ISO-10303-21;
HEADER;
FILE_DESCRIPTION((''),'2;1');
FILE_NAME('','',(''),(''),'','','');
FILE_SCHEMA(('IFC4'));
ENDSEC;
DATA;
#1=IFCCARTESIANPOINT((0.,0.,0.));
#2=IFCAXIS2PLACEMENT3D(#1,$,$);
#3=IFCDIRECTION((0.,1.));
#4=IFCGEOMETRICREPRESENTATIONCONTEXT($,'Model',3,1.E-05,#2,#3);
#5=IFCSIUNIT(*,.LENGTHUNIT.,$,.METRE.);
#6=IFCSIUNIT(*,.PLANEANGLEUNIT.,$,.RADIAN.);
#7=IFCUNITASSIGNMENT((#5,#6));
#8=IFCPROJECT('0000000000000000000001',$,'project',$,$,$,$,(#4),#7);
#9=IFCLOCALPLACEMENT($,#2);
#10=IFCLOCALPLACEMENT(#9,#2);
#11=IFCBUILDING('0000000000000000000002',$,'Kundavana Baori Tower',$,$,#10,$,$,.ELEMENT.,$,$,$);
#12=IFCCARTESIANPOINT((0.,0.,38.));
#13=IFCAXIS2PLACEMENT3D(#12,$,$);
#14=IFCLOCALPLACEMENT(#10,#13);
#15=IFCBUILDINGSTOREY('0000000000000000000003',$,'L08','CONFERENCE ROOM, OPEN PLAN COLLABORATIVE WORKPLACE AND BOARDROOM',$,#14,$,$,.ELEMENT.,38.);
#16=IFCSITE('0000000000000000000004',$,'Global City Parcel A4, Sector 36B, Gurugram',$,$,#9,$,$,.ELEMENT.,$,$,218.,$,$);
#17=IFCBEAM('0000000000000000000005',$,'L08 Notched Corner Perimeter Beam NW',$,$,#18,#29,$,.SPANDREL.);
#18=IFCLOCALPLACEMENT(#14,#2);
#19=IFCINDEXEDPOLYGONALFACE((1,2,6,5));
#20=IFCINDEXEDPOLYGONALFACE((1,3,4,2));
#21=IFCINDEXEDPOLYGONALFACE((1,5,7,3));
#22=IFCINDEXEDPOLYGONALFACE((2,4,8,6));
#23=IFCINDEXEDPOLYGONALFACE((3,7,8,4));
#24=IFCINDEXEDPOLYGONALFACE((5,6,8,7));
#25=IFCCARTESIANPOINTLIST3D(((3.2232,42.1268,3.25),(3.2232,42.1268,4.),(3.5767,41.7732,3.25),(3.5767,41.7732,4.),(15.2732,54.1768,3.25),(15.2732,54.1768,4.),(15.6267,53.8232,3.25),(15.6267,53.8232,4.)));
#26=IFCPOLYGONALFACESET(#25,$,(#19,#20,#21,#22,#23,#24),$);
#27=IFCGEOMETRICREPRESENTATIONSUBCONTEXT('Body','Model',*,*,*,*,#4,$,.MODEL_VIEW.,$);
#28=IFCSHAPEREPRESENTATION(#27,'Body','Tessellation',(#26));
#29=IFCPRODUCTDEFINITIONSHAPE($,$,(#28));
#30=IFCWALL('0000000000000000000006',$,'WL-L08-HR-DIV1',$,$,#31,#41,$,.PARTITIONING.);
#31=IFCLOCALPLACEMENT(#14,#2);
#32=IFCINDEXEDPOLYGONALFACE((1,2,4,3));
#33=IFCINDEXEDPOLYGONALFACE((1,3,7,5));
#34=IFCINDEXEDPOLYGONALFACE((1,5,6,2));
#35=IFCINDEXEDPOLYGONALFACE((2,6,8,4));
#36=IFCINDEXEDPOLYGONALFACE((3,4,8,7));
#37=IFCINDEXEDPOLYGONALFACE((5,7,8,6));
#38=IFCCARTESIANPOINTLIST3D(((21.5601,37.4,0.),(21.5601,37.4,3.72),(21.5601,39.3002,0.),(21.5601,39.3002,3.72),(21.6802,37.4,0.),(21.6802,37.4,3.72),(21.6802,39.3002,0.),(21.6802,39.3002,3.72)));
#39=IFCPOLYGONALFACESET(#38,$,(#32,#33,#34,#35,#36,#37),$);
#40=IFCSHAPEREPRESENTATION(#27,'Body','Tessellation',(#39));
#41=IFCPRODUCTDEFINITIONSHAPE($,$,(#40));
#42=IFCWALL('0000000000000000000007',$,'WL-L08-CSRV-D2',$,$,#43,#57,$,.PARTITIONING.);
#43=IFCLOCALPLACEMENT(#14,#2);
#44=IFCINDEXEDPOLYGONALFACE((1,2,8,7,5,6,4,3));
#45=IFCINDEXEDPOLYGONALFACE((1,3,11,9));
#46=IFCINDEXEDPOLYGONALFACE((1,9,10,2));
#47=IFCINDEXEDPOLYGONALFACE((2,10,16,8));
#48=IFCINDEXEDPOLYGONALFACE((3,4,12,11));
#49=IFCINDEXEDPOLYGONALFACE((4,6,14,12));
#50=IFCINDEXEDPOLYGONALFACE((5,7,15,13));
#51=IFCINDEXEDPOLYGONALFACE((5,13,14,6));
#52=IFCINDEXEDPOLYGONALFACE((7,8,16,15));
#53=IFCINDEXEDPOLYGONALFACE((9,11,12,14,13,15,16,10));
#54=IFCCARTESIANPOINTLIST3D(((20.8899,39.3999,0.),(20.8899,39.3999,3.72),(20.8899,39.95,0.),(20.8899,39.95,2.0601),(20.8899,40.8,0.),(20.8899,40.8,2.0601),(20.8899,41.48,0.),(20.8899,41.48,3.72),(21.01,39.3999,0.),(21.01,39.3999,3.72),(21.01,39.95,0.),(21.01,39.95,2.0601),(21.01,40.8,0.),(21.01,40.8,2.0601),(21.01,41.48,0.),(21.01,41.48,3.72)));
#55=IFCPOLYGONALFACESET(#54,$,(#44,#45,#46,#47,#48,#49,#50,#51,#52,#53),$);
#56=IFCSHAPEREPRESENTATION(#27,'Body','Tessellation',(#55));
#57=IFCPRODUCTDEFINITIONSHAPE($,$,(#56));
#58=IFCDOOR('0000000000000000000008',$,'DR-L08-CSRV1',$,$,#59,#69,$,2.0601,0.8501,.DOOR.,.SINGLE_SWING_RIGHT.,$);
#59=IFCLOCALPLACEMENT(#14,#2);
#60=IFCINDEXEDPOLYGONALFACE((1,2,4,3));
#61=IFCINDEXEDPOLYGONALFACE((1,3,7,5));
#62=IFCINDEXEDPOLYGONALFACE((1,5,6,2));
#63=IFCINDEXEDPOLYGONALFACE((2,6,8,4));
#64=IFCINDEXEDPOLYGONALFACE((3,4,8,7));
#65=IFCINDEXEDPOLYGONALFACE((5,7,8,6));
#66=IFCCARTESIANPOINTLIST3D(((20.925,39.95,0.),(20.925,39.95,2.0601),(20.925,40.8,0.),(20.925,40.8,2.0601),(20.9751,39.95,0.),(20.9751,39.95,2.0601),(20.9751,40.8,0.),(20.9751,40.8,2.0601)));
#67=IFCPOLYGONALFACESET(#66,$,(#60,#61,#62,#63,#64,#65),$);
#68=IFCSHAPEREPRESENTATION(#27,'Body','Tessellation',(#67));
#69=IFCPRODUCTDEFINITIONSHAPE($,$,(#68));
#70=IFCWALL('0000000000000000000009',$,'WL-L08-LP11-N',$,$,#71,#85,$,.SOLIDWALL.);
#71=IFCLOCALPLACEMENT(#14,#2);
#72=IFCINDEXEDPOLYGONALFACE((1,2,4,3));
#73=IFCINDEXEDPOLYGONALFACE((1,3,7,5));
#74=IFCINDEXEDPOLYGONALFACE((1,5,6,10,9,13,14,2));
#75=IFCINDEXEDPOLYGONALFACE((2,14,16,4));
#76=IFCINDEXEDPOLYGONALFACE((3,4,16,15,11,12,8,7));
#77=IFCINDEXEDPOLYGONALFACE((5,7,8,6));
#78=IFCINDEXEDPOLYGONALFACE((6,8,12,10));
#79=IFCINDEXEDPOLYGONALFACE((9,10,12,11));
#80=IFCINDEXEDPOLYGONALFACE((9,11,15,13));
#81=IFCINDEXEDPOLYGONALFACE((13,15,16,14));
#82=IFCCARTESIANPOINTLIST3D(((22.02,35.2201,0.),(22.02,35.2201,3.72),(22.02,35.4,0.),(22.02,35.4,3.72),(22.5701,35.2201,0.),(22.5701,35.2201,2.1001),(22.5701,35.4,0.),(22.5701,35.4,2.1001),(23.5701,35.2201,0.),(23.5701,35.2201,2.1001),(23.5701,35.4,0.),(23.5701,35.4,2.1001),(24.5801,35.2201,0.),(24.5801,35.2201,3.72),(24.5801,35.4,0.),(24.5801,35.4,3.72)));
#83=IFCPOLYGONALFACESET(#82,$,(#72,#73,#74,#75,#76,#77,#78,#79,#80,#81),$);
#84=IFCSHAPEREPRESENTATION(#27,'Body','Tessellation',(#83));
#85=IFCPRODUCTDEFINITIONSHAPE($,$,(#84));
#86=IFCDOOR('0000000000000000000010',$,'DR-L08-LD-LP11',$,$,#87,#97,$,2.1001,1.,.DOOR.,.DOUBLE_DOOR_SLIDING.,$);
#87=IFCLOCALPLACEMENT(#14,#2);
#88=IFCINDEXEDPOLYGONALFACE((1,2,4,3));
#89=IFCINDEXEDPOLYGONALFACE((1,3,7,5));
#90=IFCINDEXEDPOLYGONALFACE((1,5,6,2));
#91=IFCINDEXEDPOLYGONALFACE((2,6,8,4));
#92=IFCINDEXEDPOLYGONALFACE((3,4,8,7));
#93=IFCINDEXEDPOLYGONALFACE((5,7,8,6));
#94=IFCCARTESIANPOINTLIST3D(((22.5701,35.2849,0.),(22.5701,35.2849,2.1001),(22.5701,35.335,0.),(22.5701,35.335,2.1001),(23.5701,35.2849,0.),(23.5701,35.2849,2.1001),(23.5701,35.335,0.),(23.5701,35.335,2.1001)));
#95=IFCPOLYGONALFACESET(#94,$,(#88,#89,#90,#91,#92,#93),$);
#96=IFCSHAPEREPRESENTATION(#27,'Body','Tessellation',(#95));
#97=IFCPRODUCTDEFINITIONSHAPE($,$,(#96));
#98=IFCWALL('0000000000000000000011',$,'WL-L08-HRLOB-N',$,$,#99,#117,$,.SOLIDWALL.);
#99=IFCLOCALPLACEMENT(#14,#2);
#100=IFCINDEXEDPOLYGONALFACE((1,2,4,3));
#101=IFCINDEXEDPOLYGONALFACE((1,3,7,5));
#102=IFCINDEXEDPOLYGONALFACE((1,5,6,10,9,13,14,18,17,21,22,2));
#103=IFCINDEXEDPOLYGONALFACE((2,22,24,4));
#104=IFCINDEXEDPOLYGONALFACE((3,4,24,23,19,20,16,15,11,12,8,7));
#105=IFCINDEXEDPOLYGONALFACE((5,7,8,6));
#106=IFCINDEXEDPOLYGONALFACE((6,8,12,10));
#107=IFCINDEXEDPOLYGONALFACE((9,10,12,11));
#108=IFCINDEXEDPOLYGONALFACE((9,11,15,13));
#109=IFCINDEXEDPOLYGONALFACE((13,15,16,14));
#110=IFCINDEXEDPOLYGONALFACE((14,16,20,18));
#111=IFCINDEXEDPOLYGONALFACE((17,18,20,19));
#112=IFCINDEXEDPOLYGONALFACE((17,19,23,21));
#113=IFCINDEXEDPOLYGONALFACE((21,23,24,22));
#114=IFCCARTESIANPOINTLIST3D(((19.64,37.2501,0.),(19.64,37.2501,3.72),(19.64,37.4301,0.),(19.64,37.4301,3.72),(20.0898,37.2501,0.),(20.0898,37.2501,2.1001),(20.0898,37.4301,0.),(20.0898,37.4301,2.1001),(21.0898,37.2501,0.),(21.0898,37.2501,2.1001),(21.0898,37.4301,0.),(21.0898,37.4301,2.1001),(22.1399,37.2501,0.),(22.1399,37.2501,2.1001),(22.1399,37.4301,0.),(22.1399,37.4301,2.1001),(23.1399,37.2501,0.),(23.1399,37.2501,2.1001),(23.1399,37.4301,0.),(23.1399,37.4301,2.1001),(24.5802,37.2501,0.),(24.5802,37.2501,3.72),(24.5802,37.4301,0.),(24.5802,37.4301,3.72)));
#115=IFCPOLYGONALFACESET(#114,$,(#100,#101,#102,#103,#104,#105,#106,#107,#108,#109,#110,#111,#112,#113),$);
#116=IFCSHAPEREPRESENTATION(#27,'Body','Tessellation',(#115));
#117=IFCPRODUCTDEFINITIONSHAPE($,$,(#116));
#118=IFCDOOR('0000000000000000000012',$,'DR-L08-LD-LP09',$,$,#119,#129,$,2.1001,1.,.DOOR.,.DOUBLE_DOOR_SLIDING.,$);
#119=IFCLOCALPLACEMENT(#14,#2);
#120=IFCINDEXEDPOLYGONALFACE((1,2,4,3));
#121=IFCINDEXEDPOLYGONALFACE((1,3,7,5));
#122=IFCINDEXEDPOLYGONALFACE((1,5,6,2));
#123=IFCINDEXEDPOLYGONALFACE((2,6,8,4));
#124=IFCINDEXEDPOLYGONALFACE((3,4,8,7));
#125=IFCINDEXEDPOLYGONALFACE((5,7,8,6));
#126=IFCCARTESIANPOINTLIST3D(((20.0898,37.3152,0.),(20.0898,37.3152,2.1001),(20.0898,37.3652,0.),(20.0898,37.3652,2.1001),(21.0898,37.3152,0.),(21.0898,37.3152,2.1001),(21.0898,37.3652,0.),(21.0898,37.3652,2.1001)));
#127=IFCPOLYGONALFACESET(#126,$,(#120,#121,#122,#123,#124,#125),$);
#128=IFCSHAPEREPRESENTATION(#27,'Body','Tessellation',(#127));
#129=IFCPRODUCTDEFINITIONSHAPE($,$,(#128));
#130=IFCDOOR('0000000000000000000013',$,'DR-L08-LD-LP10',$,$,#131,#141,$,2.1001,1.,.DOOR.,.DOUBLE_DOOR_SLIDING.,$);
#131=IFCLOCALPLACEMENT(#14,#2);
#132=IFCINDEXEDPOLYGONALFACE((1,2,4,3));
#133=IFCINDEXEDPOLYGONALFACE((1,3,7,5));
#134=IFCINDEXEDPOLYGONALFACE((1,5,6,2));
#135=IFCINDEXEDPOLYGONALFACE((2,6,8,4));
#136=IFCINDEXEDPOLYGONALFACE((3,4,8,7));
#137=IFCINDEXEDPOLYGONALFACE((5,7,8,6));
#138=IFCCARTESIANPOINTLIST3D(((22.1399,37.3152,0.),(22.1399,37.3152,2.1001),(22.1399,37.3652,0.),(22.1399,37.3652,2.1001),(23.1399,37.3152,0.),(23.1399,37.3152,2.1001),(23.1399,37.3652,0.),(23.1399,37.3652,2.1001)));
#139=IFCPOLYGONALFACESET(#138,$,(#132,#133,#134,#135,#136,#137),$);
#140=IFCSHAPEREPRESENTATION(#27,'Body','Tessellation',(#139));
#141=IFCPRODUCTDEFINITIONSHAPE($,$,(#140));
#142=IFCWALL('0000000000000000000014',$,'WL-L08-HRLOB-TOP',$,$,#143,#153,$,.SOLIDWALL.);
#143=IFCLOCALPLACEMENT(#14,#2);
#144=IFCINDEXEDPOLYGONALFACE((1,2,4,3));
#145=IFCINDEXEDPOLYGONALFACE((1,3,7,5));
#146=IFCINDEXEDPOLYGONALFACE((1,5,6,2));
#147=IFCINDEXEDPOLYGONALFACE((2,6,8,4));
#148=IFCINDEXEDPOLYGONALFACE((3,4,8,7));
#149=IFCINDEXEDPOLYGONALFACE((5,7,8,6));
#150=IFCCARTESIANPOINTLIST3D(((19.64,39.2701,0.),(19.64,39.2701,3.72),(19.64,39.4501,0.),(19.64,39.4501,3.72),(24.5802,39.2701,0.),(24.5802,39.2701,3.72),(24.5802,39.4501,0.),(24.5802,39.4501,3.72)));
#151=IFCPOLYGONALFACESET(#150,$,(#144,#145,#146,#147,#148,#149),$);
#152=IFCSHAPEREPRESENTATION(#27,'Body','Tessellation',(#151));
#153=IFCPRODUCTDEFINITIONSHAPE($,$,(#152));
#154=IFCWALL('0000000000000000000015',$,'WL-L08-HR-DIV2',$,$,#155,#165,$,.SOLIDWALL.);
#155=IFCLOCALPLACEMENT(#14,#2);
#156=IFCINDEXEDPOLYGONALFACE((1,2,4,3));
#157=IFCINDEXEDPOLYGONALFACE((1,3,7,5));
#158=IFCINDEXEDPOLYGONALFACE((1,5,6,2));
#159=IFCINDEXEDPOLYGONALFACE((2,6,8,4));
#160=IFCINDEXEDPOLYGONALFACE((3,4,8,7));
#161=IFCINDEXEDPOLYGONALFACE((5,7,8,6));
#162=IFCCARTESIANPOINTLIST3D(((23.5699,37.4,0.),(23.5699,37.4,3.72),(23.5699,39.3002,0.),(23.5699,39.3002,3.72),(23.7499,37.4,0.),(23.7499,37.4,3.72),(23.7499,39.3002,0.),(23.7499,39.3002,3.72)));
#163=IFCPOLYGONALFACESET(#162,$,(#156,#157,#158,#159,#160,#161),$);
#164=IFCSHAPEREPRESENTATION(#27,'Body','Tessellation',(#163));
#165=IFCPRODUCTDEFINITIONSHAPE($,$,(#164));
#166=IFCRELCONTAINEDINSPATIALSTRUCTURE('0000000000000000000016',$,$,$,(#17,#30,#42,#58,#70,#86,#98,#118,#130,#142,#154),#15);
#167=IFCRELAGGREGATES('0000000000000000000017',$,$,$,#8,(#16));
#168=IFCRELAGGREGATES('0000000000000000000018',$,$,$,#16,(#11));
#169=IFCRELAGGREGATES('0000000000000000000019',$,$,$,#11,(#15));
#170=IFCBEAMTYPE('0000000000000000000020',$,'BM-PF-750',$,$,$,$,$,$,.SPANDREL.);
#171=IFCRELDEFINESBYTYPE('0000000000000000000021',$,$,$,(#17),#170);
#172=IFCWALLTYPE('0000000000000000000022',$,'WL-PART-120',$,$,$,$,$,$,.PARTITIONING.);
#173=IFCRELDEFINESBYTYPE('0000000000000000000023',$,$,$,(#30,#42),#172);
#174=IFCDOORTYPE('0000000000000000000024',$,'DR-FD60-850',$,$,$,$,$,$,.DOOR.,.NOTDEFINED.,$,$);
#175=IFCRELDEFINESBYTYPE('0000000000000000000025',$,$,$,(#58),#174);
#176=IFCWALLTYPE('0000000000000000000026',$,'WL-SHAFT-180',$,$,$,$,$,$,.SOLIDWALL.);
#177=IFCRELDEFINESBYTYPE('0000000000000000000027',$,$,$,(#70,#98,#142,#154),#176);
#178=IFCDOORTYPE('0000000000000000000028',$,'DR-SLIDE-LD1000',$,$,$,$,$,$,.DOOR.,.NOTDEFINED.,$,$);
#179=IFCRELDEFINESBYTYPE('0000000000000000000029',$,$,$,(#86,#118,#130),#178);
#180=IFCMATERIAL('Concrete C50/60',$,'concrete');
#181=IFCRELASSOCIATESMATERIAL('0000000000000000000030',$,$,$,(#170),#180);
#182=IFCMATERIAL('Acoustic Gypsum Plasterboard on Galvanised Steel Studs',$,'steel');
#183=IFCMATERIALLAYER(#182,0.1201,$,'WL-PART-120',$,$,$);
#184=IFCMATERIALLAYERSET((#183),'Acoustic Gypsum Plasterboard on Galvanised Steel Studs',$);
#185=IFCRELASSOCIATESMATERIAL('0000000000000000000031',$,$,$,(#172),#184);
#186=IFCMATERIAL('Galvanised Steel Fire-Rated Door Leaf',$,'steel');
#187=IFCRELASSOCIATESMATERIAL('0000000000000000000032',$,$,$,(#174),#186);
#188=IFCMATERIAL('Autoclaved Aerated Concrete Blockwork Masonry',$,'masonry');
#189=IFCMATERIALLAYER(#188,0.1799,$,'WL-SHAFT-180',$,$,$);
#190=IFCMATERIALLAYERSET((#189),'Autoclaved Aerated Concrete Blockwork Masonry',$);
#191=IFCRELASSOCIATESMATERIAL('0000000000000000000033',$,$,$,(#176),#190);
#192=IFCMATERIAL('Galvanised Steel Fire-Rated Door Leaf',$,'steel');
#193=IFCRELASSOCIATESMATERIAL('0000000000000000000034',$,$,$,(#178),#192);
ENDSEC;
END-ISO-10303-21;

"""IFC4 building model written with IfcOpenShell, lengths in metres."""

from ifc_helpers import new_model, si_unit, direction, frame, frame_2d, origin, origin_2d, place, context, subcontext, project, spatial, rectangle, extrude, material, layer, layer_set, material_profile, profile_set, type_object, element, fill, save


model = new_model("IFC4")

# Units and contexts
model_context = context("Model", 3, precision=1e-05, world=origin(), true_north=direction((0.0, 1.0)))
body_context = subcontext(model_context, "Body", "Model", "MODEL_VIEW")
ifc_project = project(units=[si_unit("LENGTHUNIT", "METRE"), si_unit("PLANEANGLEUNIT", "RADIAN")], contexts=[model_context])

# Site, building, storey
site_placement = place(None, origin())
site = spatial("IfcSite", under=ifc_project, at=site_placement, Name="Global City Parcel A4, Sector 36B, Gurugram", CompositionType="ELEMENT", RefElevation=218.0)
building_placement = place(site_placement, origin())
building = spatial("IfcBuilding", under=site, at=building_placement, Name="Kundavana Baori Tower", CompositionType="ELEMENT")
storey_placement = place(building_placement, frame((0.0, 0.0, 38.0)))
storey = spatial("IfcBuildingStorey", under=building, at=storey_placement, Name="L08", Description="CONFERENCE ROOM, OPEN PLAN COLLABORATIVE WORKPLACE AND BOARDROOM", CompositionType="ELEMENT", Elevation=38.0)

# Beam
ifc_material_1 = material(Name="Concrete C50/60", Category="concrete")
ifc_material_profile = material_profile(ifc_material_1, rectangle(XDim=0.5, YDim=0.75, at=origin_2d()), Name="RC BM 500x750")
ifc_profile_set = profile_set([ifc_material_profile], Name="Concrete C50/60")
beam_type = type_object("IfcBeamType", Name="BM-PF-750", PredefinedType="SPANDREL", material=ifc_profile_set)
beam_placement = place(storey_placement, frame((15.45, 54.0, 3.625), z_axis=(-0.707107, -0.707107, 0.0), x_axis=(0.707107, -0.707107, 0.0)))
element("IfcBeam", 1, at=beam_placement, inside=storey, type_object=beam_type, Name="L08 Notched Corner Perimeter Beam NW", PredefinedType="SPANDREL", context=body_context, shape_type="SweptSolid", body=[
    extrude(rectangle(XDim=0.5, YDim=0.75, at=origin_2d()), origin(), (0.0, 0.0, 1.0), 17.0413),
])

# Wall
ifc_material_2 = material(Name="Acoustic Gypsum Plasterboard on Galvanised Steel Studs", Category="steel")
ifc_layer_1 = layer(ifc_material_2, 0.1201, Name="WL-PART-120")
ifc_layer_set_1 = layer_set([ifc_layer_1], Name="Acoustic Gypsum Plasterboard on Galvanised Steel Studs")
wall_type_1 = type_object("IfcWallType", Name="WL-PART-120", PredefinedType="PARTITIONING", material=ifc_layer_set_1)
wall_1_placement = place(storey_placement, frame((21.6201, 37.3999, 0.0), z_axis=(0.0, 0.0, 1.0), x_axis=(0.0, 1.0, 0.0)))
element("IfcWall", 2, at=wall_1_placement, inside=storey, type_object=wall_type_1, Name="WL-L08-HR-DIV1", PredefinedType="PARTITIONING", context=body_context, shape_type="SweptSolid", body=[
    extrude(rectangle(XDim=1.9001, YDim=0.1201, at=frame_2d((0.9502, 0.0))), origin(), (0.0, 0.0, 1.0), 3.72),
])

# Walls, openings, doors
wall_2_placement = place(storey_placement, frame((20.95, 39.3999, 0.0), z_axis=(0.0, 0.0, 1.0), x_axis=(0.0, 1.0, 0.0)))
wall_2 = element("IfcWall", 3, at=wall_2_placement, inside=storey, type_object=wall_type_1, Name="WL-L08-CSRV-D2", PredefinedType="PARTITIONING", context=body_context, shape_type="SweptSolid", body=[
    extrude(rectangle(XDim=2.0801, YDim=0.1201, at=frame_2d((1.04, 0.0))), origin(), (0.0, 0.0, 1.0), 3.72),
])
opening_1_placement = place(wall_2_placement, frame((0.55, 0.0, 0.0)))
opening_1 = element("IfcOpeningElement", 4, at=opening_1_placement, cuts=wall_2, PredefinedType="OPENING", context=body_context, shape_type="SweptSolid", body=[
    extrude(rectangle(XDim=0.8501, YDim=2.0601, at=frame_2d((0.425, 1.03))), frame((0.0, 0.0701, 0.0), z_axis=(0.0, -1.0, 0.0), x_axis=(1.0, 0.0, 0.0)), (0.0, 0.0, 1.0), 0.1401),
])
ifc_material_3 = material(Name="Galvanised Steel Fire-Rated Door Leaf", Category="steel")
door_type_1 = type_object("IfcDoorType", Name="DR-FD60-850", OperationType="NOTDEFINED", PredefinedType="DOOR", material=ifc_material_3)
door_1_placement = place(opening_1_placement, origin())
door_1 = element("IfcDoor", 5, at=door_1_placement, inside=storey, type_object=door_type_1, Name="DR-L08-CSRV1", OperationType="SINGLE_SWING_RIGHT", OverallHeight=2.0601, OverallWidth=0.8501, PredefinedType="DOOR", context=body_context, shape_type="SweptSolid", body=[
    extrude(rectangle(XDim=0.8501, YDim=2.0601, at=frame_2d((0.425, 1.03))), frame((0.0, 0.0249, 0.0), z_axis=(0.0, -1.0, 0.0), x_axis=(1.0, 0.0, 0.0)), (0.0, 0.0, 1.0), 0.05),
])
fill(opening_1, door_1)
ifc_material_4 = material(Name="Autoclaved Aerated Concrete Blockwork Masonry", Category="masonry")
ifc_layer_2 = layer(ifc_material_4, 0.1799, Name="WL-SHAFT-180")
ifc_layer_set_2 = layer_set([ifc_layer_2], Name="Autoclaved Aerated Concrete Blockwork Masonry")
wall_type_2 = type_object("IfcWallType", Name="WL-SHAFT-180", PredefinedType="SOLIDWALL", material=ifc_layer_set_2)
wall_3_placement = place(storey_placement, frame((22.02, 35.3101, 0.0), z_axis=(0.0, 0.0, 1.0), x_axis=(1.0, 0.0, 0.0)))
wall_3 = element("IfcWall", 6, at=wall_3_placement, inside=storey, type_object=wall_type_2, Name="WL-L08-LP11-N", PredefinedType="SOLIDWALL", context=body_context, shape_type="SweptSolid", body=[
    extrude(rectangle(XDim=2.5601, YDim=0.1799, at=frame_2d((1.28, 0.0))), origin(), (0.0, 0.0, 1.0), 3.72),
])
opening_2_placement = place(wall_3_placement, frame((0.55, 0.0, 0.0)))
opening_2 = element("IfcOpeningElement", 7, at=opening_2_placement, cuts=wall_3, PredefinedType="OPENING", context=body_context, shape_type="SweptSolid", body=[
    extrude(rectangle(XDim=1.0, YDim=2.1001, at=frame_2d((0.5, 1.05))), frame((0.0, 0.1001, 0.0), z_axis=(0.0, -1.0, 0.0), x_axis=(1.0, 0.0, 0.0)), (0.0, 0.0, 1.0), 0.2),
])
ifc_material_5 = material(Name="Galvanised Steel Fire-Rated Door Leaf", Category="steel")
door_type_2 = type_object("IfcDoorType", Name="DR-SLIDE-LD1000", OperationType="NOTDEFINED", PredefinedType="DOOR", material=ifc_material_5)
door_2_placement = place(opening_2_placement, origin())
door_2 = element("IfcDoor", 8, at=door_2_placement, inside=storey, type_object=door_type_2, Name="DR-L08-LD-LP11", OperationType="DOUBLE_DOOR_SLIDING", OverallHeight=2.1001, OverallWidth=1.0, PredefinedType="DOOR", context=body_context, shape_type="SweptSolid", body=[
    extrude(rectangle(XDim=1.0, YDim=2.1001, at=frame_2d((0.5, 1.05))), frame((0.0, 0.0249, 0.0), z_axis=(0.0, -1.0, 0.0), x_axis=(1.0, 0.0, 0.0)), (0.0, 0.0, 1.0), 0.05),
])
fill(opening_2, door_2)

# Wall, openings, doors
wall_4_placement = place(storey_placement, frame((19.6399, 37.3401, 0.0), z_axis=(0.0, 0.0, 1.0), x_axis=(1.0, 0.0, 0.0)))
wall_4 = element("IfcWall", 9, at=wall_4_placement, inside=storey, type_object=wall_type_2, Name="WL-L08-HRLOB-N", PredefinedType="SOLIDWALL", context=body_context, shape_type="SweptSolid", body=[
    extrude(rectangle(XDim=4.9402, YDim=0.1799, at=frame_2d((2.4702, 0.0))), origin(), (0.0, 0.0, 1.0), 3.72),
])
opening_3_placement = place(wall_4_placement, frame((0.45, 0.0, 0.0)))
opening_3 = element("IfcOpeningElement", 10, at=opening_3_placement, cuts=wall_4, PredefinedType="OPENING", context=body_context, shape_type="SweptSolid", body=[
    extrude(rectangle(XDim=1.0, YDim=2.1001, at=frame_2d((0.5, 1.05))), frame((0.0, 0.1001, 0.0), z_axis=(0.0, -1.0, 0.0), x_axis=(1.0, 0.0, 0.0)), (0.0, 0.0, 1.0), 0.2),
])
opening_4_placement = place(wall_4_placement, frame((2.5, 0.0, 0.0)))
opening_4 = element("IfcOpeningElement", 11, at=opening_4_placement, cuts=wall_4, PredefinedType="OPENING", context=body_context, shape_type="SweptSolid", body=[
    extrude(rectangle(XDim=1.0, YDim=2.1001, at=frame_2d((0.5, 1.05))), frame((0.0, 0.1001, 0.0), z_axis=(0.0, -1.0, 0.0), x_axis=(1.0, 0.0, 0.0)), (0.0, 0.0, 1.0), 0.2),
])
door_3_placement = place(opening_3_placement, frame((1.0, 0.0, 0.0), z_axis=(0.0, 0.0, 1.0), x_axis=(-1.0, 0.0, 0.0)))
door_3 = element("IfcDoor", 12, at=door_3_placement, inside=storey, type_object=door_type_2, Name="DR-L08-LD-LP09", OperationType="DOUBLE_DOOR_SLIDING", OverallHeight=2.1001, OverallWidth=1.0, PredefinedType="DOOR", context=body_context, shape_type="SweptSolid", body=[
    extrude(rectangle(XDim=1.0, YDim=2.1001, at=frame_2d((0.5, 1.05))), frame((0.0, 0.0249, 0.0), z_axis=(0.0, -1.0, 0.0), x_axis=(1.0, 0.0, 0.0)), (0.0, 0.0, 1.0), 0.05),
])
fill(opening_3, door_3)
door_4_placement = place(opening_4_placement, frame((1.0, 0.0, 0.0), z_axis=(0.0, 0.0, 1.0), x_axis=(-1.0, 0.0, 0.0)))
door_4 = element("IfcDoor", 13, at=door_4_placement, inside=storey, type_object=door_type_2, Name="DR-L08-LD-LP10", OperationType="DOUBLE_DOOR_SLIDING", OverallHeight=2.1001, OverallWidth=1.0, PredefinedType="DOOR", context=body_context, shape_type="SweptSolid", body=[
    extrude(rectangle(XDim=1.0, YDim=2.1001, at=frame_2d((0.5, 1.05))), frame((0.0, 0.0249, 0.0), z_axis=(0.0, -1.0, 0.0), x_axis=(1.0, 0.0, 0.0)), (0.0, 0.0, 1.0), 0.05),
])
fill(opening_4, door_4)

# Walls
wall_5_placement = place(storey_placement, frame((19.6399, 39.3601, 0.0), z_axis=(0.0, 0.0, 1.0), x_axis=(1.0, 0.0, 0.0)))
element("IfcWall", 14, at=wall_5_placement, inside=storey, type_object=wall_type_2, Name="WL-L08-HRLOB-TOP", PredefinedType="SOLIDWALL", context=body_context, shape_type="SweptSolid", body=[
    extrude(rectangle(XDim=4.9402, YDim=0.1799, at=frame_2d((2.4702, 0.0))), origin(), (0.0, 0.0, 1.0), 3.72),
])
wall_6_placement = place(storey_placement, frame((23.6599, 37.3999, 0.0), z_axis=(0.0, 0.0, 1.0), x_axis=(0.0, 1.0, 0.0)))
element("IfcWall", 15, at=wall_6_placement, inside=storey, type_object=wall_type_2, Name="WL-L08-HR-DIV2", PredefinedType="SOLIDWALL", context=body_context, shape_type="SweptSolid", body=[
    extrude(rectangle(XDim=1.9001, YDim=0.1799, at=frame_2d((0.9502, 0.0))), origin(), (0.0, 0.0, 1.0), 3.72),
])

save(model, "model.ifc")
